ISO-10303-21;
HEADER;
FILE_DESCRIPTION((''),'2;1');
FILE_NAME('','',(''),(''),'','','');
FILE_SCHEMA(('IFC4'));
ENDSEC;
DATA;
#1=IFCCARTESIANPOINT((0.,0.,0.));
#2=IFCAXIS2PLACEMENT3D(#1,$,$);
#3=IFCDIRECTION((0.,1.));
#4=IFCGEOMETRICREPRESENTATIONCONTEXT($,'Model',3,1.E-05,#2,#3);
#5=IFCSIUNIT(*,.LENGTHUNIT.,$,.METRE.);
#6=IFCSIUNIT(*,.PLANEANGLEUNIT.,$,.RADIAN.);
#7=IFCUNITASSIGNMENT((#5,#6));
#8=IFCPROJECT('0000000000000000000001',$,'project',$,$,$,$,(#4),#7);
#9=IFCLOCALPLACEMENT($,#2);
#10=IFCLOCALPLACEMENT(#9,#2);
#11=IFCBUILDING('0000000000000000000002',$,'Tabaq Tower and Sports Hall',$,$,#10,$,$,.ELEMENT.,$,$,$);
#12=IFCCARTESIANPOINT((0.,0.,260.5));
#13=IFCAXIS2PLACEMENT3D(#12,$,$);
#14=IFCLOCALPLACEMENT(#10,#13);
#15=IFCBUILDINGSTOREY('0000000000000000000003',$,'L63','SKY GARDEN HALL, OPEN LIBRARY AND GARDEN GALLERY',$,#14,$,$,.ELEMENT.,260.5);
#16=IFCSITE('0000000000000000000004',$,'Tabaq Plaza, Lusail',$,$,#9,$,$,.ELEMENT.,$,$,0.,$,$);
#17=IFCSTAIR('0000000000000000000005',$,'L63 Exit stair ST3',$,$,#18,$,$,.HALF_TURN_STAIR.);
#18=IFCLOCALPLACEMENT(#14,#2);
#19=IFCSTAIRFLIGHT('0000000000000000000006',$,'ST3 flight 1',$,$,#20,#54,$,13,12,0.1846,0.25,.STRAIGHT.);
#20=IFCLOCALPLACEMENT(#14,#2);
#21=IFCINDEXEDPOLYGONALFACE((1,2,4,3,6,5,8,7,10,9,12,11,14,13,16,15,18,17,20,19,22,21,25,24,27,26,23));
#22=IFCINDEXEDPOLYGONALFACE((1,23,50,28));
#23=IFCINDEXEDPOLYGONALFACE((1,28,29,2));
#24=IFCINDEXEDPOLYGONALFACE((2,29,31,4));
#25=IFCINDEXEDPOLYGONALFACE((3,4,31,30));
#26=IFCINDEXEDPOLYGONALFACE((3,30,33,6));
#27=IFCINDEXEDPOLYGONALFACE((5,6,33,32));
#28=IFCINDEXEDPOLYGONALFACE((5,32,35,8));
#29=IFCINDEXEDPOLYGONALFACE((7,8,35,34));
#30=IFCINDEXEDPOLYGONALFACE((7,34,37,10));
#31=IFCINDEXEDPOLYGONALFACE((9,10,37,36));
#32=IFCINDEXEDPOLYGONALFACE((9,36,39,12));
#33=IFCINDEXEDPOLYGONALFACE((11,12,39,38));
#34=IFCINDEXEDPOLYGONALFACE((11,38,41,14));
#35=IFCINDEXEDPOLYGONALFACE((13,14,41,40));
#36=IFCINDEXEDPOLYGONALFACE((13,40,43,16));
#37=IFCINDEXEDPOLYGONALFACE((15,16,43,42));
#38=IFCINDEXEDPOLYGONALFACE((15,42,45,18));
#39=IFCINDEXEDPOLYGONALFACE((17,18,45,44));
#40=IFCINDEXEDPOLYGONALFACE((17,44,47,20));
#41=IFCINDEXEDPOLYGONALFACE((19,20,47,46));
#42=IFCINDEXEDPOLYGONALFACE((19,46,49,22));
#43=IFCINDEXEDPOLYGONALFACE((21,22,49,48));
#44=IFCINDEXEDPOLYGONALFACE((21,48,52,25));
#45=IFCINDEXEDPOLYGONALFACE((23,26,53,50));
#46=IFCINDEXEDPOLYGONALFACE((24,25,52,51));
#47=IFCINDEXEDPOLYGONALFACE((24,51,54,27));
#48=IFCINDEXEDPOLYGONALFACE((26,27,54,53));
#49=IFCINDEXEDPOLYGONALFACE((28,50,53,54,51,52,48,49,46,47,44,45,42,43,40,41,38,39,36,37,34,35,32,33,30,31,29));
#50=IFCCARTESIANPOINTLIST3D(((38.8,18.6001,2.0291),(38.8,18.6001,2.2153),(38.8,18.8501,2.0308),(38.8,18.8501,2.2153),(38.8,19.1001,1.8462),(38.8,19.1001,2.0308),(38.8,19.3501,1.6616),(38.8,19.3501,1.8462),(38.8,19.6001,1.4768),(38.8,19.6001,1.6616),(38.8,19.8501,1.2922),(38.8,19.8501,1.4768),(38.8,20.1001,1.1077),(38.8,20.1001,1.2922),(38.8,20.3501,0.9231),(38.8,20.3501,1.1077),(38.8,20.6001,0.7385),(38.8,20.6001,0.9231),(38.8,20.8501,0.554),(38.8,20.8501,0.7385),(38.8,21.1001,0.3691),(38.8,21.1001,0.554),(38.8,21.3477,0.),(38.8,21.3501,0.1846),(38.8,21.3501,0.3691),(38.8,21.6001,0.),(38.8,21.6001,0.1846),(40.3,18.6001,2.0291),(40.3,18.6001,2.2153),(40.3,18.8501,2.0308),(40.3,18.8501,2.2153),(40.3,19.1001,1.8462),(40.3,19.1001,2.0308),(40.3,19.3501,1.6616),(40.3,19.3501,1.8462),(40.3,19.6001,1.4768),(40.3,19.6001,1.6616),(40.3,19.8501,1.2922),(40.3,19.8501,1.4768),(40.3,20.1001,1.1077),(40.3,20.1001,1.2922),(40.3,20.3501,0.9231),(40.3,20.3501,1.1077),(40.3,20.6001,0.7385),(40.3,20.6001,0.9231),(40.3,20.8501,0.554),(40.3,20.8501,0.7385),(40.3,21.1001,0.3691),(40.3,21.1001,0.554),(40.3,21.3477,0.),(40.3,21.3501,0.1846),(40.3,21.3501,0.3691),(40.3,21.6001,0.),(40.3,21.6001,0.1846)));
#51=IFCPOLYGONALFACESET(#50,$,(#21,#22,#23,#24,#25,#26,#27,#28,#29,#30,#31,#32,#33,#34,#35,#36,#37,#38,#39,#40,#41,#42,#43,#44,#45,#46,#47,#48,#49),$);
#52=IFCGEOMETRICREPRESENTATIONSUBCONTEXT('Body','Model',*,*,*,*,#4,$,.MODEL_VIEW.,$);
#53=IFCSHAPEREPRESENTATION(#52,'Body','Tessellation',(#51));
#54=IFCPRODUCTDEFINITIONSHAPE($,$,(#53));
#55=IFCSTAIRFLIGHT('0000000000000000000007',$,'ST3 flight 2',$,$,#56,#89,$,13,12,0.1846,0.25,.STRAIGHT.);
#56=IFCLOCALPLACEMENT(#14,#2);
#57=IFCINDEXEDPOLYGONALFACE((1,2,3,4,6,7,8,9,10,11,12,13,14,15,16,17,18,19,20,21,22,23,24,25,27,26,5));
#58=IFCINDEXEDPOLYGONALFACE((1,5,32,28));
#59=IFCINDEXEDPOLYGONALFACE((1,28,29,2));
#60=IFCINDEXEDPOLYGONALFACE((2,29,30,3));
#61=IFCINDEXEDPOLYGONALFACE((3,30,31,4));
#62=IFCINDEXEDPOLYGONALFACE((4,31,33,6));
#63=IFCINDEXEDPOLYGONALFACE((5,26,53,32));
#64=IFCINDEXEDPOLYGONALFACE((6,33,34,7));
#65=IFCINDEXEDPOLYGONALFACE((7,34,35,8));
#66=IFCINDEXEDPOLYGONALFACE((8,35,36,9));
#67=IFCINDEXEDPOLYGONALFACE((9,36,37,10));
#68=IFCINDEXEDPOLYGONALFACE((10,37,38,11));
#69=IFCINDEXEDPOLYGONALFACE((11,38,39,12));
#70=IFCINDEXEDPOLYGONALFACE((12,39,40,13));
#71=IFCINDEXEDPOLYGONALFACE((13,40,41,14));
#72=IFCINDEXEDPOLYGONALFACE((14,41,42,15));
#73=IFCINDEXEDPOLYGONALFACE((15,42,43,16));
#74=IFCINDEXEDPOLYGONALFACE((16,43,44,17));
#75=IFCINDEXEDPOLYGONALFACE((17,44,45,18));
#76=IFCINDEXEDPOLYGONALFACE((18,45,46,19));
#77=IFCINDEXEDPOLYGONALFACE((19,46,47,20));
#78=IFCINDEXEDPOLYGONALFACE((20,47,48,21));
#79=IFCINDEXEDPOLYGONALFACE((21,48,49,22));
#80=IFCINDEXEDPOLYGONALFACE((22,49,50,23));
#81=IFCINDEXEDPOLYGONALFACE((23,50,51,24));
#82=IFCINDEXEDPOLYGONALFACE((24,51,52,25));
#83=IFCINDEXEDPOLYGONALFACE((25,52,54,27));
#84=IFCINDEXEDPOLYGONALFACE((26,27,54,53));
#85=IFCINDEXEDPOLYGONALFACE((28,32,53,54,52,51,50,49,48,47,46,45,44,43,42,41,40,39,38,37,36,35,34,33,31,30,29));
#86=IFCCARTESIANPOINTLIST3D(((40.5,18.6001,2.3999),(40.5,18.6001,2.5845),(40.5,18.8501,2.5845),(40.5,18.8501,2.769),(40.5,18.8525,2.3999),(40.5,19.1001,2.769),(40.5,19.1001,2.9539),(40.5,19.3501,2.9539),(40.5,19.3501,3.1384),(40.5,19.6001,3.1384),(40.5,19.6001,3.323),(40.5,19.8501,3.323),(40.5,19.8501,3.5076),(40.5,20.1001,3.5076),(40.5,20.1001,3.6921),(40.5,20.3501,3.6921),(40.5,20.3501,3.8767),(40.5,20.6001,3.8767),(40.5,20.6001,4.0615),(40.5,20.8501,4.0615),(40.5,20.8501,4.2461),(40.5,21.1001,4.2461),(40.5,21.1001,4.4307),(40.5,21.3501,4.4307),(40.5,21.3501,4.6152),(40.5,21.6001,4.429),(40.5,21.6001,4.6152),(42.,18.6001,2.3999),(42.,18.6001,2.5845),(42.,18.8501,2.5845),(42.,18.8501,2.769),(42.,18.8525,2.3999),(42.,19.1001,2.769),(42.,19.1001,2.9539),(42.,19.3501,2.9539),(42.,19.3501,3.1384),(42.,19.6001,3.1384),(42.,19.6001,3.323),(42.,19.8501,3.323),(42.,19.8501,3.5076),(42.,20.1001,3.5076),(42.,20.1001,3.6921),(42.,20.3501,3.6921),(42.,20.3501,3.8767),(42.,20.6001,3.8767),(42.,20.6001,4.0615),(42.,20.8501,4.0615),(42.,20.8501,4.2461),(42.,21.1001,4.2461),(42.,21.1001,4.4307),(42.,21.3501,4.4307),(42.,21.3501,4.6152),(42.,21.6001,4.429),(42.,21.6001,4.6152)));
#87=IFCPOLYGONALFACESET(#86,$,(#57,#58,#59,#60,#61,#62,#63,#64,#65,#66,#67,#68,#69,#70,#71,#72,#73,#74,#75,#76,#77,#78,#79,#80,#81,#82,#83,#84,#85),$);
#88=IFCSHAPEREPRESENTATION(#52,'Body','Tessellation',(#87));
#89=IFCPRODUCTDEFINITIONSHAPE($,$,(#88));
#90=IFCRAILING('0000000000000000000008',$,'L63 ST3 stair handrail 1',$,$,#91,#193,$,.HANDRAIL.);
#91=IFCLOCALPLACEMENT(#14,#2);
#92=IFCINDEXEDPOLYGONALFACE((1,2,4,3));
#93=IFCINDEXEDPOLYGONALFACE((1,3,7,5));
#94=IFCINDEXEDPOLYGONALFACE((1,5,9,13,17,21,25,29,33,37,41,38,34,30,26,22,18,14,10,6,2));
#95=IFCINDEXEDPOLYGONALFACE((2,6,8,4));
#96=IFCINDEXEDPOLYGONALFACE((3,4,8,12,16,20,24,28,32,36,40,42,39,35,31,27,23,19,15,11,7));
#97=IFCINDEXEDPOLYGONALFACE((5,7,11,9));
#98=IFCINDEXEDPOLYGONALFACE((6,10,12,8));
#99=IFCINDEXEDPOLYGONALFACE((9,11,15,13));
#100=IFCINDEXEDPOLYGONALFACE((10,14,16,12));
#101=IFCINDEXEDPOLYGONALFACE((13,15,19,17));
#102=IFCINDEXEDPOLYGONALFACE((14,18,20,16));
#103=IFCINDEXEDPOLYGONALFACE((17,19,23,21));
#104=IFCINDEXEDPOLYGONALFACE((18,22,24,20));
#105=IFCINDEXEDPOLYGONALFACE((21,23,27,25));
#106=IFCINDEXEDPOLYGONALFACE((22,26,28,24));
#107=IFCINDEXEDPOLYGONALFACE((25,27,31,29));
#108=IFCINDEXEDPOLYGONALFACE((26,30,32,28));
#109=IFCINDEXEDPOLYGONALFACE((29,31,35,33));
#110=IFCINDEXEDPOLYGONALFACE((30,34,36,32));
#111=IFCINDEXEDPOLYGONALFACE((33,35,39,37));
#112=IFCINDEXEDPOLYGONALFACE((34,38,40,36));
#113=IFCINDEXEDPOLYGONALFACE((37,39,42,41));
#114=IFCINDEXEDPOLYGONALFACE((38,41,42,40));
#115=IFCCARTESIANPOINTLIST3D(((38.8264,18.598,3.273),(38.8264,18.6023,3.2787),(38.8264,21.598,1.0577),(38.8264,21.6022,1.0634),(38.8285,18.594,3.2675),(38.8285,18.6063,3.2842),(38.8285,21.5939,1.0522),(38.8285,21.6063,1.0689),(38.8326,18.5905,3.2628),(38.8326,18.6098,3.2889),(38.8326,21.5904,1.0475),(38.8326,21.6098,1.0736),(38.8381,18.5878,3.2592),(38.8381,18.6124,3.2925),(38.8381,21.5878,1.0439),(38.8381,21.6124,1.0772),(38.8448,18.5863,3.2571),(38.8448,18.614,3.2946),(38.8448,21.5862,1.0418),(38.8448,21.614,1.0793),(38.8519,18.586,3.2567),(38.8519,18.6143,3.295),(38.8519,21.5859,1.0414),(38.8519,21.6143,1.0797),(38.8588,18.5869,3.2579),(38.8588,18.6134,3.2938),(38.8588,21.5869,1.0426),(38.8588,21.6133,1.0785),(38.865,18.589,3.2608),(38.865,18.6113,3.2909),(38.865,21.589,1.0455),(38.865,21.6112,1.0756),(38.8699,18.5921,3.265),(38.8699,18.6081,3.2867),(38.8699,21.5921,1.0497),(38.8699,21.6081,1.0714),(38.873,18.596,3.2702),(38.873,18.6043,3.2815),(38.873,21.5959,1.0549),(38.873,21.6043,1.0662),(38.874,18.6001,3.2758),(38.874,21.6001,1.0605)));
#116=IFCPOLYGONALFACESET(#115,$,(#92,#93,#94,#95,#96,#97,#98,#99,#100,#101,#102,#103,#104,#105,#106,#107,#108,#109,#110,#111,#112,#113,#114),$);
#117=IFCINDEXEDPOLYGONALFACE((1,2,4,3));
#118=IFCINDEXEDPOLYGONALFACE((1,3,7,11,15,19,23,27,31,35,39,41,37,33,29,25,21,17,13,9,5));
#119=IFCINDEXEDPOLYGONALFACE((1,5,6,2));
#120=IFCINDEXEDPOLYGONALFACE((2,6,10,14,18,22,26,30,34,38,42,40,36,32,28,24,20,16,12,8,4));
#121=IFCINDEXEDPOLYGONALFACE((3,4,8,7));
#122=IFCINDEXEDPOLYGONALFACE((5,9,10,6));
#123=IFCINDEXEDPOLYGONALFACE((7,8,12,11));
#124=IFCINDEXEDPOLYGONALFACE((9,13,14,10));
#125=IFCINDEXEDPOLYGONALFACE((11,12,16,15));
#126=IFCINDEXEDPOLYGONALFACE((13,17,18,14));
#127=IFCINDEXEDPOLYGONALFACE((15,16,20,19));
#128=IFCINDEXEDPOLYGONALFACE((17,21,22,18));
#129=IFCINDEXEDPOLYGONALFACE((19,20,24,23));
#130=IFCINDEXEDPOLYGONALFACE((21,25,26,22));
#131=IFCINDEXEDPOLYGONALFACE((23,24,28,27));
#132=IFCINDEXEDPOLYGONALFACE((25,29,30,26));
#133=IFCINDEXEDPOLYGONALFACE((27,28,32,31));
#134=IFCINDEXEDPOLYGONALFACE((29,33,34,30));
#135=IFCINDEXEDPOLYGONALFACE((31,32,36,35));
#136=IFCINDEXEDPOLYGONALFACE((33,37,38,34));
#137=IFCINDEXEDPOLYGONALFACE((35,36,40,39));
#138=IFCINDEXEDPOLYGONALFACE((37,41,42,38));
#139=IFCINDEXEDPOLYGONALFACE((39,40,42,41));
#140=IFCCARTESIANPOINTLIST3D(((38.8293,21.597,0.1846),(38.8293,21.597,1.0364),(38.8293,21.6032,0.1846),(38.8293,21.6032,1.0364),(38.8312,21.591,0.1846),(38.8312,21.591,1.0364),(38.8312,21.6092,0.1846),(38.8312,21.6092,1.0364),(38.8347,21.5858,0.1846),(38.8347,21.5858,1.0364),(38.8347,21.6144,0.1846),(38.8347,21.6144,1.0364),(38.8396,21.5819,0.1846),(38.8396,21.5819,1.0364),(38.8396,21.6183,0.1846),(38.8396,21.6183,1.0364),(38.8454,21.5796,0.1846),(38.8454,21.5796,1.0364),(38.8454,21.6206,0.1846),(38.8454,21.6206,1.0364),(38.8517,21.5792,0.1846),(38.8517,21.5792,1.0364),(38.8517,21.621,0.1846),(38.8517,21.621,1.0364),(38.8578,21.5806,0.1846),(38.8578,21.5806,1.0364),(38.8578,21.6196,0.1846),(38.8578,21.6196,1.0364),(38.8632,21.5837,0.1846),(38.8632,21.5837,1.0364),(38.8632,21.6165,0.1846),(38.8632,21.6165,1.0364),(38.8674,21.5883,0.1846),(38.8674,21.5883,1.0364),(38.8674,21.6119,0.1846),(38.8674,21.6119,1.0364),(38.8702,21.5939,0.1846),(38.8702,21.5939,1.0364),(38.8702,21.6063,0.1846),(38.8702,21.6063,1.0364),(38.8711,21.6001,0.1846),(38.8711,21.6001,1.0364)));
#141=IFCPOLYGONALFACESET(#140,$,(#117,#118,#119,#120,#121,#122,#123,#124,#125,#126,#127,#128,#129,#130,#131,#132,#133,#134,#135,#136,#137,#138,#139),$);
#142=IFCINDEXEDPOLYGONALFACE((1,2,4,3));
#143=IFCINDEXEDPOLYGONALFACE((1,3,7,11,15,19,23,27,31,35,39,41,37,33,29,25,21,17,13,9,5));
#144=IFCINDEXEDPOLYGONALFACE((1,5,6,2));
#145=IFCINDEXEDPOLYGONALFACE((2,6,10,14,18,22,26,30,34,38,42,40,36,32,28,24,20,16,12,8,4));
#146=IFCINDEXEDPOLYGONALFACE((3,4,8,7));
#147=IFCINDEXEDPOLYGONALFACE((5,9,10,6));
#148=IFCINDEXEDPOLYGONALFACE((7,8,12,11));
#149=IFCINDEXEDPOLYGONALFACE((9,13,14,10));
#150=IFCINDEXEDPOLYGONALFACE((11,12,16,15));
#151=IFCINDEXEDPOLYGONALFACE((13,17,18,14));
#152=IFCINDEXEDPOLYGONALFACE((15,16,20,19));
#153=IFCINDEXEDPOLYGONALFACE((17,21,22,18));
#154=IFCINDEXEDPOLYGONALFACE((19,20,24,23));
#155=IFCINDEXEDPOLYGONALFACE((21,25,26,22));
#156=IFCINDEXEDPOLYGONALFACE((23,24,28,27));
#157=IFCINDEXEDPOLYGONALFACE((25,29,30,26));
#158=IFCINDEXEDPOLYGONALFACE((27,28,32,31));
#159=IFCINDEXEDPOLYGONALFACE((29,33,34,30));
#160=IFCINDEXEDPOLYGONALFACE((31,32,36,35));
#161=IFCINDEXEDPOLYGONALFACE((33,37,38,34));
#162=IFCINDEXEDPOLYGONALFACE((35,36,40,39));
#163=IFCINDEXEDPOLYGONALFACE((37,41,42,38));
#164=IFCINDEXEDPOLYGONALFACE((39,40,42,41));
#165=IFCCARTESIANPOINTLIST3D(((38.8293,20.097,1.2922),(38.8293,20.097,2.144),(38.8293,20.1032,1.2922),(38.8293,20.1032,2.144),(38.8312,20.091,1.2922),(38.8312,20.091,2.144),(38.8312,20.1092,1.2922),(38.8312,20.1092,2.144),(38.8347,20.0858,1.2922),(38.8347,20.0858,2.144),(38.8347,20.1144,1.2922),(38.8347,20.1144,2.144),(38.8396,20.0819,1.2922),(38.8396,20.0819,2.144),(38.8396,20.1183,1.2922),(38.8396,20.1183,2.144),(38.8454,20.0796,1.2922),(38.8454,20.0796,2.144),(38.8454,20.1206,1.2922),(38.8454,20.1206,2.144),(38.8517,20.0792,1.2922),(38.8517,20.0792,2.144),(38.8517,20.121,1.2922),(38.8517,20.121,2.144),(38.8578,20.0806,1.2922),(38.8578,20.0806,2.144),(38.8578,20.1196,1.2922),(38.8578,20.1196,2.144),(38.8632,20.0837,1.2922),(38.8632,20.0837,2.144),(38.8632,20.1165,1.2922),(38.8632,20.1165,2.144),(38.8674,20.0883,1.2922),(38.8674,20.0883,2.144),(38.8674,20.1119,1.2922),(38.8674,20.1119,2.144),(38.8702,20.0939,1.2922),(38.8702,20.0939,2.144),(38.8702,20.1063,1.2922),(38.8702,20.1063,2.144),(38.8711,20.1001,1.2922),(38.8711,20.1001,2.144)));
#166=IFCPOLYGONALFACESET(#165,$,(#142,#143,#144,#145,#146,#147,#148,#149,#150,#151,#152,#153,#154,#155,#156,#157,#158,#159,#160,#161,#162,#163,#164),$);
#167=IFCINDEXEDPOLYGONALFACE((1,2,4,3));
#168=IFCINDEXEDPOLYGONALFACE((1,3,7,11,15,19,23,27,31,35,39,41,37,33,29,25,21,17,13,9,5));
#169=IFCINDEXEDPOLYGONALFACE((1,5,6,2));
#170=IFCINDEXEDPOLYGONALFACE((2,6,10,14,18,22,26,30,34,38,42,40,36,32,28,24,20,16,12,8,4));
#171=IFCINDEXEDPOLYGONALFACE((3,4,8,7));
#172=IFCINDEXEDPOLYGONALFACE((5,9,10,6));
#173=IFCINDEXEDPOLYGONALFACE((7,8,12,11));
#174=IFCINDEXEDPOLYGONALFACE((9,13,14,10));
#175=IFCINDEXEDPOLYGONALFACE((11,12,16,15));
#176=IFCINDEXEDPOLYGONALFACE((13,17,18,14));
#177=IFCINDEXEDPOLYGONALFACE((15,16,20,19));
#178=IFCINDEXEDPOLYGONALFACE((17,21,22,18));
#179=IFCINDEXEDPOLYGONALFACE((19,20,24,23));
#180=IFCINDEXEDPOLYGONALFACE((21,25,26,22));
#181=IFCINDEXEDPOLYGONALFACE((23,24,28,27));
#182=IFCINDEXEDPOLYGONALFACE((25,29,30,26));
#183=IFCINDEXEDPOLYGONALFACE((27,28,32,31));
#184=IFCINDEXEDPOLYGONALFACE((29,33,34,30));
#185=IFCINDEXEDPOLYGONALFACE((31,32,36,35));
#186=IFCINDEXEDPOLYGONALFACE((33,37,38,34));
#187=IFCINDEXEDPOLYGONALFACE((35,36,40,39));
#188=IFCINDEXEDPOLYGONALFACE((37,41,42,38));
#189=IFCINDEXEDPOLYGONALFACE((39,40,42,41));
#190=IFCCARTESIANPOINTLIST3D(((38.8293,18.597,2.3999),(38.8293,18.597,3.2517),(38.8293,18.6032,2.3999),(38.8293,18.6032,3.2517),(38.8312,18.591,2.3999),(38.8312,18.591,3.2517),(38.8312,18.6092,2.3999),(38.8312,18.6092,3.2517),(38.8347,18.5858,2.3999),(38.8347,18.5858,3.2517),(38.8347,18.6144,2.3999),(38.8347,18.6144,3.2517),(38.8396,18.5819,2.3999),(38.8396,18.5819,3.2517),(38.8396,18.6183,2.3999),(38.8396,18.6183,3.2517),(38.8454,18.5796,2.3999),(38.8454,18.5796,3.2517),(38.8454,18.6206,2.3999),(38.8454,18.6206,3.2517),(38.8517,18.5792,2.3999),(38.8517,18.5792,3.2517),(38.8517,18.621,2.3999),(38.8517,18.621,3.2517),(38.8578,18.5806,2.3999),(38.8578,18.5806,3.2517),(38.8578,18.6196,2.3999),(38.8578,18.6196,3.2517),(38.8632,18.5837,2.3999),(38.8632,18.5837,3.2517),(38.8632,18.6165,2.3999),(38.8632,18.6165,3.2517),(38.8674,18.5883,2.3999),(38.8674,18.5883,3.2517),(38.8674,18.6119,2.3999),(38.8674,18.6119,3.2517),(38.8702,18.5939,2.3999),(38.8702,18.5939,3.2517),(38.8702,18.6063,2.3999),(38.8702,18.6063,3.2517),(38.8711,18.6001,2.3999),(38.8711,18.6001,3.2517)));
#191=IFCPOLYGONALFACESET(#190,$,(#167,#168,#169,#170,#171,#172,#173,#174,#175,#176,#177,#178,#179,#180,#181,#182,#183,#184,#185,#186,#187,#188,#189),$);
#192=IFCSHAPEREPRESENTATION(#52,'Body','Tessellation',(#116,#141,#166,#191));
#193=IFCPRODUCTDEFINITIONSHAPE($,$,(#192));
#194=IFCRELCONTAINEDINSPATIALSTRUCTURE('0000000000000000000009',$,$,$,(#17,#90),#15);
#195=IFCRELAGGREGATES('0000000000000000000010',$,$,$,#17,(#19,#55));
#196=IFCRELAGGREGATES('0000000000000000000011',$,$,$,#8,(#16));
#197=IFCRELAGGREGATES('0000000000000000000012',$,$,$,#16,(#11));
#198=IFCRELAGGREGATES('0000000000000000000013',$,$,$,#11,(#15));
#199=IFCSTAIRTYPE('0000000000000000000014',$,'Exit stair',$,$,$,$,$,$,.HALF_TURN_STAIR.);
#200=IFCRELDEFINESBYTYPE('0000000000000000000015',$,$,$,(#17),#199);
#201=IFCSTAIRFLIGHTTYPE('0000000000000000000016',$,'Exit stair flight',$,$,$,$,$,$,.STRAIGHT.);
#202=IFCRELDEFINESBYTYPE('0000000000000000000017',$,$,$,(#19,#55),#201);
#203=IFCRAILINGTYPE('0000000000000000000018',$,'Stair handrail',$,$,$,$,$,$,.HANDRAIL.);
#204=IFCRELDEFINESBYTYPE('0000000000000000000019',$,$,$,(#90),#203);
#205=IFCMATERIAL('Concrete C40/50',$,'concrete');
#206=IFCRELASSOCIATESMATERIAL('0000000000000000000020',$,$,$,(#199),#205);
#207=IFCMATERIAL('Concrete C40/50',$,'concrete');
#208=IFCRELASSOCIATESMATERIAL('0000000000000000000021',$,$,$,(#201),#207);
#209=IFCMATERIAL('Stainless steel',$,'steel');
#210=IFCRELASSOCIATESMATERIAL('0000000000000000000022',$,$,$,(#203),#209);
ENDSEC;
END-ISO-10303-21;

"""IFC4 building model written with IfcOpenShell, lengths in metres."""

from ifc_helpers import new_model, si_unit, direction, frame, origin, origin_2d, place, context, subcontext, project, spatial, polyline, circle, outline, extrude, material, type_object, element, aggregate, save


model = new_model("IFC4")

# Units and contexts
model_context = context("Model", 3, precision=1e-05, world=origin(), true_north=direction((0.0, 1.0)))
body_context = subcontext(model_context, "Body", "Model", "MODEL_VIEW")
ifc_project = project(units=[si_unit("LENGTHUNIT", "METRE"), si_unit("PLANEANGLEUNIT", "RADIAN")], contexts=[model_context])

# Site, building, storey
site_placement = place(None, origin())
site = spatial("IfcSite", under=ifc_project, at=site_placement, Name="Tabaq Plaza, Lusail", CompositionType="ELEMENT", RefElevation=0.0)
building_placement = place(site_placement, origin())
building = spatial("IfcBuilding", under=site, at=building_placement, Name="Tabaq Tower and Sports Hall", CompositionType="ELEMENT")
storey_placement = place(building_placement, frame((0.0, 0.0, 260.5)))
storey = spatial("IfcBuildingStorey", under=building, at=storey_placement, Name="L63", Description="SKY GARDEN HALL, OPEN LIBRARY AND GARDEN GALLERY", CompositionType="ELEMENT", Elevation=260.5)

# Stair, stair flights
ifc_material_1 = material(Name="Concrete C40/50", Category="concrete")
stair_type = type_object("IfcStairType", Name="Exit stair", PredefinedType="HALF_TURN_STAIR", material=ifc_material_1)
stair_placement = place(storey_placement, origin())
stair = element("IfcStair", 1, at=stair_placement, inside=storey, type_object=stair_type, Name="L63 Exit stair ST3", PredefinedType="HALF_TURN_STAIR")
ifc_material_2 = material(Name="Concrete C40/50", Category="concrete")
stair_flight_type = type_object("IfcStairFlightType", Name="Exit stair flight", PredefinedType="STRAIGHT", material=ifc_material_2)
stair_flight_1_placement = place(storey_placement, frame((39.55, 21.6001, 0.0), z_axis=(0.0, 0.0, 1.0), x_axis=(0.0, -1.0, 0.0)))
stair_flight_1 = element("IfcStairFlight", 2, at=stair_flight_1_placement, type_object=stair_flight_type, Name="ST3 flight 1", NumberOfRisers=13, NumberOfTreads=12, PredefinedType="STRAIGHT", RiserHeight=0.1846, TreadLength=0.25, context=body_context, shape_type="SweptSolid", body=[
    extrude(outline(polyline([(0.0, 0.0), (0.0, 0.1846), (0.25, 0.1846), (0.25, 0.3691), (0.5, 0.3691), (0.5, 0.554), (0.75, 0.554), (0.75, 0.7385), (1.0, 0.7385), (1.0, 0.9231), (1.25, 0.9231), (1.25, 1.1077), (1.5, 1.1077), (1.5, 1.2922), (1.75, 1.2922), (1.75, 1.4768), (2.0, 1.4768), (2.0, 1.6616), (2.25, 1.6616), (2.25, 1.8462), (2.5, 1.8462), (2.5, 2.0308), (2.75, 2.0308), (2.75, 2.2153), (3.0, 2.2153), (3.0, 2.3999), (3.0, 2.0291), (0.2524, 0.0), (0.0, 0.0)])), frame((0.0, 0.75, 0.0), z_axis=(0.0, -1.0, 0.0), x_axis=(1.0, 0.0, 0.0)), (0.0, 0.0, 1.0), 1.5),
])
stair_flight_2_placement = place(storey_placement, frame((41.25, 18.6001, 2.3999), z_axis=(0.0, 0.0, 1.0), x_axis=(0.0, 1.0, 0.0)))
stair_flight_2 = element("IfcStairFlight", 3, at=stair_flight_2_placement, type_object=stair_flight_type, Name="ST3 flight 2", NumberOfRisers=13, NumberOfTreads=12, PredefinedType="STRAIGHT", RiserHeight=0.1846, TreadLength=0.25, context=body_context, shape_type="SweptSolid", body=[
    extrude(outline(polyline([(0.0, 0.0), (0.0, 0.1846), (0.25, 0.1846), (0.25, 0.3691), (0.5, 0.3691), (0.5, 0.554), (0.75, 0.554), (0.75, 0.7385), (1.0, 0.7385), (1.0, 0.9231), (1.25, 0.9231), (1.25, 1.1077), (1.5, 1.1077), (1.5, 1.2922), (1.75, 1.2922), (1.75, 1.4768), (2.0, 1.4768), (2.0, 1.6616), (2.25, 1.6616), (2.25, 1.8462), (2.5, 1.8462), (2.5, 2.0308), (2.75, 2.0308), (2.75, 2.2153), (3.0, 2.2153), (3.0, 2.3999), (3.0, 2.0291), (0.2524, 0.0), (0.0, 0.0)])), frame((0.0, 0.75, 0.0), z_axis=(0.0, -1.0, 0.0), x_axis=(1.0, 0.0, 0.0)), (0.0, 0.0, 1.0), 1.5),
])
aggregate(stair, [stair_flight_1, stair_flight_2])

# Railing
ifc_material_3 = material(Name="Stainless steel", Category="steel")
railing_type_1 = type_object("IfcRailingType", Name="Stair handrail", PredefinedType="HANDRAIL", material=ifc_material_3)
railing_1_placement = place(storey_placement, frame((38.8501, 21.6001, 0.1846)))
element("IfcRailing", 4, at=railing_1_placement, inside=storey, type_object=railing_type_1, Name="L63 ST3 stair handrail 1", PredefinedType="HANDRAIL", context=body_context, shape_type="SweptSolid", body=[
    extrude(circle(Radius=0.0239, at=origin_2d()), frame((0.0, 0.0, 0.876), z_axis=(0.0, -0.80444, 0.594034), x_axis=(1.0, 0.0, 0.0)), (0.0, 0.0, 1.0), 3.7292),
    extrude(circle(Radius=0.021, at=origin_2d()), origin(), (0.0, 0.0, 1.0), 0.8518),
    extrude(circle(Radius=0.021, at=origin_2d()), frame((0.0, -1.5, 1.1077)), (0.0, 0.0, 1.0), 0.8518),
    extrude(circle(Radius=0.021, at=origin_2d()), frame((0.0, -3.0, 2.2153)), (0.0, 0.0, 1.0), 0.8518),
])

save(model, "model.ifc")
